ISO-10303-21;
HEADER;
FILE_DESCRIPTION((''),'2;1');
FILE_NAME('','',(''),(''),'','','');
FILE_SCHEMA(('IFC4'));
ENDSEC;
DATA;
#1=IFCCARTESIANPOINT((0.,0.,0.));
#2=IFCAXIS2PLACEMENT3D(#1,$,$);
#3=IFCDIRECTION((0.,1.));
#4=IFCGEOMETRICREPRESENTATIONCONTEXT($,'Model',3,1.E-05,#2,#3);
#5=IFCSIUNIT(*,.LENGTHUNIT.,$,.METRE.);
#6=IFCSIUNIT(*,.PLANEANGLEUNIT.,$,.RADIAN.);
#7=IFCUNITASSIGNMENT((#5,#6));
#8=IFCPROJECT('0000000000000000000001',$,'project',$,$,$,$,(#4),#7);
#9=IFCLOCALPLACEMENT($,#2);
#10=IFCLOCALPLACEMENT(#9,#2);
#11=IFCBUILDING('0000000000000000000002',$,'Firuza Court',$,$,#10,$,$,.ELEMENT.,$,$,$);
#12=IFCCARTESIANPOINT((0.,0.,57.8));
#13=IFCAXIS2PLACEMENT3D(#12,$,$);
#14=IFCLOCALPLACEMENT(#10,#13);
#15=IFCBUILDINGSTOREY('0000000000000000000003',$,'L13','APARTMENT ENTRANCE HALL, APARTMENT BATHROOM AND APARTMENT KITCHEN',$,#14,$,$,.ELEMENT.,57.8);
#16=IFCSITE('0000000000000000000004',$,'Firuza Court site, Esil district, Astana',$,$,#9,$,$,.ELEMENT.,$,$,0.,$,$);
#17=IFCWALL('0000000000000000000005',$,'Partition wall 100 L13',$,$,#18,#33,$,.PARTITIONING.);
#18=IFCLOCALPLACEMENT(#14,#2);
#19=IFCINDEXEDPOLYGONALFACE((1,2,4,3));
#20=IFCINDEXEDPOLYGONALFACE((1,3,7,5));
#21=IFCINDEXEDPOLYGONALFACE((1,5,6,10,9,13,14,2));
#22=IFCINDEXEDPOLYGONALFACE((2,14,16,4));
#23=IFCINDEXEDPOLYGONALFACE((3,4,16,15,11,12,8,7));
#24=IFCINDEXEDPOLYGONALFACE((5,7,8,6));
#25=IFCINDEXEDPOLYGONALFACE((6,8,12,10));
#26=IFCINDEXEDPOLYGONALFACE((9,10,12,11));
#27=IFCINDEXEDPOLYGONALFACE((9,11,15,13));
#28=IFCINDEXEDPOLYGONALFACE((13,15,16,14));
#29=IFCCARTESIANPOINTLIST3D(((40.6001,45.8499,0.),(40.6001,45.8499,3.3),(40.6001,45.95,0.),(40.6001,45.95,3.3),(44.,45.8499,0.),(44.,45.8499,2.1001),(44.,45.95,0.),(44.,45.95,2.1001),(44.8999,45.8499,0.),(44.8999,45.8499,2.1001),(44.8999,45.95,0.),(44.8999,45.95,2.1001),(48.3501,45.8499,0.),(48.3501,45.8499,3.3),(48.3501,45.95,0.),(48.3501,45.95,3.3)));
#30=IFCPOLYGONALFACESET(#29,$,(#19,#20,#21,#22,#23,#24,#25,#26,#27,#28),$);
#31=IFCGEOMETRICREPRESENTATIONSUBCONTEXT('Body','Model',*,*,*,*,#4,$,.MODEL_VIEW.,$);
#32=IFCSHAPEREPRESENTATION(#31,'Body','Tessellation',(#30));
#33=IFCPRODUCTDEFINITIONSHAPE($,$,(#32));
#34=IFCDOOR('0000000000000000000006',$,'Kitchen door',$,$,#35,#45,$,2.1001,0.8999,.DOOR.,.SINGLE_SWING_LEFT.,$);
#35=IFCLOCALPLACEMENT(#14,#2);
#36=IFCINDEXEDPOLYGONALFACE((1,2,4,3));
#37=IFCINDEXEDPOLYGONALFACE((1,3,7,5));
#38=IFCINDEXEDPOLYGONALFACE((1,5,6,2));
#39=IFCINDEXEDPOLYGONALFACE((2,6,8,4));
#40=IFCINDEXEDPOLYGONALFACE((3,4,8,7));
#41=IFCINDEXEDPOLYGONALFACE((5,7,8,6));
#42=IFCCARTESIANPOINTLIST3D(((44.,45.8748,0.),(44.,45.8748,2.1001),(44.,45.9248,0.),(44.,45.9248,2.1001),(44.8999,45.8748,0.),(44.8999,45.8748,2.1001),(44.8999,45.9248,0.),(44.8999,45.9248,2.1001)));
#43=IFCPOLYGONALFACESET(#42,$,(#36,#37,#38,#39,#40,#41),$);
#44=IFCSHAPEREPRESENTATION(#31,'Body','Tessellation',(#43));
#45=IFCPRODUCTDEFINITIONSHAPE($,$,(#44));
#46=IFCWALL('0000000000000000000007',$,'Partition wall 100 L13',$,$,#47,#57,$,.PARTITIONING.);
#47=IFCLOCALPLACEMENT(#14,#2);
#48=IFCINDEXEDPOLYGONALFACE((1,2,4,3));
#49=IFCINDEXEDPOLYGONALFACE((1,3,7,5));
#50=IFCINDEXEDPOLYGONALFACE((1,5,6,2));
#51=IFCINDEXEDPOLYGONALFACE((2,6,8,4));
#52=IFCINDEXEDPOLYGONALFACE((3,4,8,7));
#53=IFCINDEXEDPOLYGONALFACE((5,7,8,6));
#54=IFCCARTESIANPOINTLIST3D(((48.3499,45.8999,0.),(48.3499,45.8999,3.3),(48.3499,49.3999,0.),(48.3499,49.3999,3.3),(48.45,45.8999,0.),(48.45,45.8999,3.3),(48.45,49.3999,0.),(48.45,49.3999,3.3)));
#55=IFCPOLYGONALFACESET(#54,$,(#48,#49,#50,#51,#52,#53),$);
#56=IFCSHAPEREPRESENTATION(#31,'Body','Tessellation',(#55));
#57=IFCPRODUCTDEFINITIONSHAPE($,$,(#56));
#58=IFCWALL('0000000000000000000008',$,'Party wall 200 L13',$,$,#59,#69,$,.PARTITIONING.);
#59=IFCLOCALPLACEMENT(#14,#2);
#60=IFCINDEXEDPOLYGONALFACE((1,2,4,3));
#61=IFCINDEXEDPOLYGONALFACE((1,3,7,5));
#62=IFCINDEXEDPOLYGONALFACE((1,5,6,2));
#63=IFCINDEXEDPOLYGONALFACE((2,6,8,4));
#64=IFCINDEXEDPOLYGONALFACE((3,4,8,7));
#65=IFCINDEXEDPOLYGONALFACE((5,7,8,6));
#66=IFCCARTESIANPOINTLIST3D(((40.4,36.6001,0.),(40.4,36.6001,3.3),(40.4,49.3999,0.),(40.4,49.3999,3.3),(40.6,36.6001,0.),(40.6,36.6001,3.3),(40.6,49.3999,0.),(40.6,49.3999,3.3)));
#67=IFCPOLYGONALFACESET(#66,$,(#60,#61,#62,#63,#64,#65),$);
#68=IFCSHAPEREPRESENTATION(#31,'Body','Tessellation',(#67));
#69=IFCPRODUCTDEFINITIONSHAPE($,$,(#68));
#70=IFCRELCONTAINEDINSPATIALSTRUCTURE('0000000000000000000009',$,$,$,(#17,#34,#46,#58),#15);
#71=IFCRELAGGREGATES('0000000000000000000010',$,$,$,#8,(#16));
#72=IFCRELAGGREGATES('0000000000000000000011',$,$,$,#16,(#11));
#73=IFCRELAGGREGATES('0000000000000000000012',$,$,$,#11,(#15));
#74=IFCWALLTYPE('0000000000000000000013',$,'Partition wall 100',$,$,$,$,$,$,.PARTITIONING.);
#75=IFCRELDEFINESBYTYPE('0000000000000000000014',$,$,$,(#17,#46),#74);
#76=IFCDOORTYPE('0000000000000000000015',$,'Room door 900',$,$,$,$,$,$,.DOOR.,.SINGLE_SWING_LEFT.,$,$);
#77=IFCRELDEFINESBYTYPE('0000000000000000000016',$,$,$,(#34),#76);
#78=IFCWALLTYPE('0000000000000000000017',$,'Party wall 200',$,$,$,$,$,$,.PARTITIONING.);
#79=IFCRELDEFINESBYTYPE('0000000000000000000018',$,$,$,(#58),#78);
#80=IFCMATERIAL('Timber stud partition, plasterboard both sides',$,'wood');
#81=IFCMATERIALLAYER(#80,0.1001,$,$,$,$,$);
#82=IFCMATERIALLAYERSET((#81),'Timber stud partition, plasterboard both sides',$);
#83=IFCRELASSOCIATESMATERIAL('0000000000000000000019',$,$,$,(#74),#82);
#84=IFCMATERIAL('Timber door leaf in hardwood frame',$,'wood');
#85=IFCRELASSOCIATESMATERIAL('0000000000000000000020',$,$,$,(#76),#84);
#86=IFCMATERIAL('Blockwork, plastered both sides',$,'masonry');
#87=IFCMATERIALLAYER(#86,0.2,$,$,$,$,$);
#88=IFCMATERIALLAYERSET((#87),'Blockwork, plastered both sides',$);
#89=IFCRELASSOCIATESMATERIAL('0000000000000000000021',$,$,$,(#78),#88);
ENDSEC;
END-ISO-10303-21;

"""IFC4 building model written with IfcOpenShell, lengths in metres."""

from ifc_helpers import new_model, si_unit, direction, frame, frame_2d, origin, place, context, subcontext, project, spatial, rectangle, extrude, material, layer, layer_set, type_object, element, fill, save


model = new_model("IFC4")

# Units and contexts
model_context = context("Model", 3, precision=1e-05, world=origin(), true_north=direction((0.0, 1.0)))
body_context = subcontext(model_context, "Body", "Model", "MODEL_VIEW")
ifc_project = project(units=[si_unit("LENGTHUNIT", "METRE"), si_unit("PLANEANGLEUNIT", "RADIAN")], contexts=[model_context])

# Site, building, storey
site_placement = place(None, origin())
site = spatial("IfcSite", under=ifc_project, at=site_placement, Name="Firuza Court site, Esil district, Astana", CompositionType="ELEMENT", RefElevation=0.0)
building_placement = place(site_placement, origin())
building = spatial("IfcBuilding", under=site, at=building_placement, Name="Firuza Court", CompositionType="ELEMENT")
storey_placement = place(building_placement, frame((0.0, 0.0, 57.8)))
storey = spatial("IfcBuildingStorey", under=building, at=storey_placement, Name="L13", Description="APARTMENT ENTRANCE HALL, APARTMENT BATHROOM AND APARTMENT KITCHEN", CompositionType="ELEMENT", Elevation=57.8)

# Shared definitions
ifc_material_1 = material(Name="Timber stud partition, plasterboard both sides", Category="wood")
ifc_layer_1 = layer(ifc_material_1, 0.1001)
ifc_layer_set_1 = layer_set([ifc_layer_1], Name="Timber stud partition, plasterboard both sides")
wall_type_1 = type_object("IfcWallType", Name="Partition wall 100", PredefinedType="PARTITIONING", material=ifc_layer_set_1)

# Shared definitions
ifc_material_2 = material(Name="Timber door leaf in hardwood frame", Category="wood")
door_type = type_object("IfcDoorType", Name="Room door 900", OperationType="SINGLE_SWING_LEFT", PredefinedType="DOOR", material=ifc_material_2)

# Wall, opening, door
wall_1_placement = place(storey_placement, frame((40.6001, 45.8999, 0.0), z_axis=(0.0, 0.0, 1.0), x_axis=(1.0, 0.0, 0.0)))
wall_1 = element("IfcWall", 1, at=wall_1_placement, inside=storey, type_object=wall_type_1, Name="Partition wall 100 L13", PredefinedType="PARTITIONING", context=body_context, shape_type="SweptSolid", body=[
    extrude(rectangle(XDim=7.75, YDim=0.1001, at=frame_2d((3.875, 0.0))), origin(), (0.0, 0.0, 1.0), 3.3),
])
opening_1_placement = place(wall_1_placement, frame((3.3999, 0.0, 0.0)))
opening_1 = element("IfcOpeningElement", 2, at=opening_1_placement, cuts=wall_1, PredefinedType="OPENING", context=body_context, shape_type="SweptSolid", body=[
    extrude(rectangle(XDim=0.8999, YDim=2.1001, at=frame_2d((0.45, 1.05))), frame((0.0, 0.062, 0.0), z_axis=(0.0, -1.0, 0.0), x_axis=(1.0, 0.0, 0.0)), (0.0, 0.0, 1.0), 0.124),
])
door_1_placement = place(opening_1_placement, origin())
door_1 = element("IfcDoor", 3, at=door_1_placement, inside=storey, type_object=door_type, Name="Kitchen door", OperationType="SINGLE_SWING_LEFT", OverallHeight=2.1001, OverallWidth=0.8999, PredefinedType="DOOR", context=body_context, shape_type="SweptSolid", body=[
    extrude(rectangle(XDim=0.8999, YDim=2.1001, at=frame_2d((0.45, 1.05))), frame((0.0, 0.0249, 0.0), z_axis=(0.0, -1.0, 0.0), x_axis=(1.0, 0.0, 0.0)), (0.0, 0.0, 1.0), 0.05),
])
fill(opening_1, door_1)

# Walls
wall_2_placement = place(storey_placement, frame((48.3999, 45.8999, 0.0), z_axis=(0.0, 0.0, 1.0), x_axis=(0.0, 1.0, 0.0)))
element("IfcWall", 4, at=wall_2_placement, inside=storey, type_object=wall_type_1, Name="Partition wall 100 L13", PredefinedType="PARTITIONING", context=body_context, shape_type="SweptSolid", body=[
    extrude(rectangle(XDim=3.5, YDim=0.1001, at=frame_2d((1.75, 0.0))), origin(), (0.0, 0.0, 1.0), 3.3),
])
ifc_material_3 = material(Name="Blockwork, plastered both sides", Category="masonry")
ifc_layer_2 = layer(ifc_material_3, 0.2)
ifc_layer_set_2 = layer_set([ifc_layer_2], Name="Blockwork, plastered both sides")
wall_type_2 = type_object("IfcWallType", Name="Party wall 200", PredefinedType="PARTITIONING", material=ifc_layer_set_2)
wall_3_placement = place(storey_placement, frame((40.5, 36.6001, 0.0), z_axis=(0.0, 0.0, 1.0), x_axis=(0.0, 1.0, 0.0)))
element("IfcWall", 5, at=wall_3_placement, inside=storey, type_object=wall_type_2, Name="Party wall 200 L13", PredefinedType="PARTITIONING", context=body_context, shape_type="SweptSolid", body=[
    extrude(rectangle(XDim=12.7998, YDim=0.2, at=frame_2d((6.3999, 0.0))), origin(), (0.0, 0.0, 1.0), 3.3),
])

save(model, "model.ifc")
